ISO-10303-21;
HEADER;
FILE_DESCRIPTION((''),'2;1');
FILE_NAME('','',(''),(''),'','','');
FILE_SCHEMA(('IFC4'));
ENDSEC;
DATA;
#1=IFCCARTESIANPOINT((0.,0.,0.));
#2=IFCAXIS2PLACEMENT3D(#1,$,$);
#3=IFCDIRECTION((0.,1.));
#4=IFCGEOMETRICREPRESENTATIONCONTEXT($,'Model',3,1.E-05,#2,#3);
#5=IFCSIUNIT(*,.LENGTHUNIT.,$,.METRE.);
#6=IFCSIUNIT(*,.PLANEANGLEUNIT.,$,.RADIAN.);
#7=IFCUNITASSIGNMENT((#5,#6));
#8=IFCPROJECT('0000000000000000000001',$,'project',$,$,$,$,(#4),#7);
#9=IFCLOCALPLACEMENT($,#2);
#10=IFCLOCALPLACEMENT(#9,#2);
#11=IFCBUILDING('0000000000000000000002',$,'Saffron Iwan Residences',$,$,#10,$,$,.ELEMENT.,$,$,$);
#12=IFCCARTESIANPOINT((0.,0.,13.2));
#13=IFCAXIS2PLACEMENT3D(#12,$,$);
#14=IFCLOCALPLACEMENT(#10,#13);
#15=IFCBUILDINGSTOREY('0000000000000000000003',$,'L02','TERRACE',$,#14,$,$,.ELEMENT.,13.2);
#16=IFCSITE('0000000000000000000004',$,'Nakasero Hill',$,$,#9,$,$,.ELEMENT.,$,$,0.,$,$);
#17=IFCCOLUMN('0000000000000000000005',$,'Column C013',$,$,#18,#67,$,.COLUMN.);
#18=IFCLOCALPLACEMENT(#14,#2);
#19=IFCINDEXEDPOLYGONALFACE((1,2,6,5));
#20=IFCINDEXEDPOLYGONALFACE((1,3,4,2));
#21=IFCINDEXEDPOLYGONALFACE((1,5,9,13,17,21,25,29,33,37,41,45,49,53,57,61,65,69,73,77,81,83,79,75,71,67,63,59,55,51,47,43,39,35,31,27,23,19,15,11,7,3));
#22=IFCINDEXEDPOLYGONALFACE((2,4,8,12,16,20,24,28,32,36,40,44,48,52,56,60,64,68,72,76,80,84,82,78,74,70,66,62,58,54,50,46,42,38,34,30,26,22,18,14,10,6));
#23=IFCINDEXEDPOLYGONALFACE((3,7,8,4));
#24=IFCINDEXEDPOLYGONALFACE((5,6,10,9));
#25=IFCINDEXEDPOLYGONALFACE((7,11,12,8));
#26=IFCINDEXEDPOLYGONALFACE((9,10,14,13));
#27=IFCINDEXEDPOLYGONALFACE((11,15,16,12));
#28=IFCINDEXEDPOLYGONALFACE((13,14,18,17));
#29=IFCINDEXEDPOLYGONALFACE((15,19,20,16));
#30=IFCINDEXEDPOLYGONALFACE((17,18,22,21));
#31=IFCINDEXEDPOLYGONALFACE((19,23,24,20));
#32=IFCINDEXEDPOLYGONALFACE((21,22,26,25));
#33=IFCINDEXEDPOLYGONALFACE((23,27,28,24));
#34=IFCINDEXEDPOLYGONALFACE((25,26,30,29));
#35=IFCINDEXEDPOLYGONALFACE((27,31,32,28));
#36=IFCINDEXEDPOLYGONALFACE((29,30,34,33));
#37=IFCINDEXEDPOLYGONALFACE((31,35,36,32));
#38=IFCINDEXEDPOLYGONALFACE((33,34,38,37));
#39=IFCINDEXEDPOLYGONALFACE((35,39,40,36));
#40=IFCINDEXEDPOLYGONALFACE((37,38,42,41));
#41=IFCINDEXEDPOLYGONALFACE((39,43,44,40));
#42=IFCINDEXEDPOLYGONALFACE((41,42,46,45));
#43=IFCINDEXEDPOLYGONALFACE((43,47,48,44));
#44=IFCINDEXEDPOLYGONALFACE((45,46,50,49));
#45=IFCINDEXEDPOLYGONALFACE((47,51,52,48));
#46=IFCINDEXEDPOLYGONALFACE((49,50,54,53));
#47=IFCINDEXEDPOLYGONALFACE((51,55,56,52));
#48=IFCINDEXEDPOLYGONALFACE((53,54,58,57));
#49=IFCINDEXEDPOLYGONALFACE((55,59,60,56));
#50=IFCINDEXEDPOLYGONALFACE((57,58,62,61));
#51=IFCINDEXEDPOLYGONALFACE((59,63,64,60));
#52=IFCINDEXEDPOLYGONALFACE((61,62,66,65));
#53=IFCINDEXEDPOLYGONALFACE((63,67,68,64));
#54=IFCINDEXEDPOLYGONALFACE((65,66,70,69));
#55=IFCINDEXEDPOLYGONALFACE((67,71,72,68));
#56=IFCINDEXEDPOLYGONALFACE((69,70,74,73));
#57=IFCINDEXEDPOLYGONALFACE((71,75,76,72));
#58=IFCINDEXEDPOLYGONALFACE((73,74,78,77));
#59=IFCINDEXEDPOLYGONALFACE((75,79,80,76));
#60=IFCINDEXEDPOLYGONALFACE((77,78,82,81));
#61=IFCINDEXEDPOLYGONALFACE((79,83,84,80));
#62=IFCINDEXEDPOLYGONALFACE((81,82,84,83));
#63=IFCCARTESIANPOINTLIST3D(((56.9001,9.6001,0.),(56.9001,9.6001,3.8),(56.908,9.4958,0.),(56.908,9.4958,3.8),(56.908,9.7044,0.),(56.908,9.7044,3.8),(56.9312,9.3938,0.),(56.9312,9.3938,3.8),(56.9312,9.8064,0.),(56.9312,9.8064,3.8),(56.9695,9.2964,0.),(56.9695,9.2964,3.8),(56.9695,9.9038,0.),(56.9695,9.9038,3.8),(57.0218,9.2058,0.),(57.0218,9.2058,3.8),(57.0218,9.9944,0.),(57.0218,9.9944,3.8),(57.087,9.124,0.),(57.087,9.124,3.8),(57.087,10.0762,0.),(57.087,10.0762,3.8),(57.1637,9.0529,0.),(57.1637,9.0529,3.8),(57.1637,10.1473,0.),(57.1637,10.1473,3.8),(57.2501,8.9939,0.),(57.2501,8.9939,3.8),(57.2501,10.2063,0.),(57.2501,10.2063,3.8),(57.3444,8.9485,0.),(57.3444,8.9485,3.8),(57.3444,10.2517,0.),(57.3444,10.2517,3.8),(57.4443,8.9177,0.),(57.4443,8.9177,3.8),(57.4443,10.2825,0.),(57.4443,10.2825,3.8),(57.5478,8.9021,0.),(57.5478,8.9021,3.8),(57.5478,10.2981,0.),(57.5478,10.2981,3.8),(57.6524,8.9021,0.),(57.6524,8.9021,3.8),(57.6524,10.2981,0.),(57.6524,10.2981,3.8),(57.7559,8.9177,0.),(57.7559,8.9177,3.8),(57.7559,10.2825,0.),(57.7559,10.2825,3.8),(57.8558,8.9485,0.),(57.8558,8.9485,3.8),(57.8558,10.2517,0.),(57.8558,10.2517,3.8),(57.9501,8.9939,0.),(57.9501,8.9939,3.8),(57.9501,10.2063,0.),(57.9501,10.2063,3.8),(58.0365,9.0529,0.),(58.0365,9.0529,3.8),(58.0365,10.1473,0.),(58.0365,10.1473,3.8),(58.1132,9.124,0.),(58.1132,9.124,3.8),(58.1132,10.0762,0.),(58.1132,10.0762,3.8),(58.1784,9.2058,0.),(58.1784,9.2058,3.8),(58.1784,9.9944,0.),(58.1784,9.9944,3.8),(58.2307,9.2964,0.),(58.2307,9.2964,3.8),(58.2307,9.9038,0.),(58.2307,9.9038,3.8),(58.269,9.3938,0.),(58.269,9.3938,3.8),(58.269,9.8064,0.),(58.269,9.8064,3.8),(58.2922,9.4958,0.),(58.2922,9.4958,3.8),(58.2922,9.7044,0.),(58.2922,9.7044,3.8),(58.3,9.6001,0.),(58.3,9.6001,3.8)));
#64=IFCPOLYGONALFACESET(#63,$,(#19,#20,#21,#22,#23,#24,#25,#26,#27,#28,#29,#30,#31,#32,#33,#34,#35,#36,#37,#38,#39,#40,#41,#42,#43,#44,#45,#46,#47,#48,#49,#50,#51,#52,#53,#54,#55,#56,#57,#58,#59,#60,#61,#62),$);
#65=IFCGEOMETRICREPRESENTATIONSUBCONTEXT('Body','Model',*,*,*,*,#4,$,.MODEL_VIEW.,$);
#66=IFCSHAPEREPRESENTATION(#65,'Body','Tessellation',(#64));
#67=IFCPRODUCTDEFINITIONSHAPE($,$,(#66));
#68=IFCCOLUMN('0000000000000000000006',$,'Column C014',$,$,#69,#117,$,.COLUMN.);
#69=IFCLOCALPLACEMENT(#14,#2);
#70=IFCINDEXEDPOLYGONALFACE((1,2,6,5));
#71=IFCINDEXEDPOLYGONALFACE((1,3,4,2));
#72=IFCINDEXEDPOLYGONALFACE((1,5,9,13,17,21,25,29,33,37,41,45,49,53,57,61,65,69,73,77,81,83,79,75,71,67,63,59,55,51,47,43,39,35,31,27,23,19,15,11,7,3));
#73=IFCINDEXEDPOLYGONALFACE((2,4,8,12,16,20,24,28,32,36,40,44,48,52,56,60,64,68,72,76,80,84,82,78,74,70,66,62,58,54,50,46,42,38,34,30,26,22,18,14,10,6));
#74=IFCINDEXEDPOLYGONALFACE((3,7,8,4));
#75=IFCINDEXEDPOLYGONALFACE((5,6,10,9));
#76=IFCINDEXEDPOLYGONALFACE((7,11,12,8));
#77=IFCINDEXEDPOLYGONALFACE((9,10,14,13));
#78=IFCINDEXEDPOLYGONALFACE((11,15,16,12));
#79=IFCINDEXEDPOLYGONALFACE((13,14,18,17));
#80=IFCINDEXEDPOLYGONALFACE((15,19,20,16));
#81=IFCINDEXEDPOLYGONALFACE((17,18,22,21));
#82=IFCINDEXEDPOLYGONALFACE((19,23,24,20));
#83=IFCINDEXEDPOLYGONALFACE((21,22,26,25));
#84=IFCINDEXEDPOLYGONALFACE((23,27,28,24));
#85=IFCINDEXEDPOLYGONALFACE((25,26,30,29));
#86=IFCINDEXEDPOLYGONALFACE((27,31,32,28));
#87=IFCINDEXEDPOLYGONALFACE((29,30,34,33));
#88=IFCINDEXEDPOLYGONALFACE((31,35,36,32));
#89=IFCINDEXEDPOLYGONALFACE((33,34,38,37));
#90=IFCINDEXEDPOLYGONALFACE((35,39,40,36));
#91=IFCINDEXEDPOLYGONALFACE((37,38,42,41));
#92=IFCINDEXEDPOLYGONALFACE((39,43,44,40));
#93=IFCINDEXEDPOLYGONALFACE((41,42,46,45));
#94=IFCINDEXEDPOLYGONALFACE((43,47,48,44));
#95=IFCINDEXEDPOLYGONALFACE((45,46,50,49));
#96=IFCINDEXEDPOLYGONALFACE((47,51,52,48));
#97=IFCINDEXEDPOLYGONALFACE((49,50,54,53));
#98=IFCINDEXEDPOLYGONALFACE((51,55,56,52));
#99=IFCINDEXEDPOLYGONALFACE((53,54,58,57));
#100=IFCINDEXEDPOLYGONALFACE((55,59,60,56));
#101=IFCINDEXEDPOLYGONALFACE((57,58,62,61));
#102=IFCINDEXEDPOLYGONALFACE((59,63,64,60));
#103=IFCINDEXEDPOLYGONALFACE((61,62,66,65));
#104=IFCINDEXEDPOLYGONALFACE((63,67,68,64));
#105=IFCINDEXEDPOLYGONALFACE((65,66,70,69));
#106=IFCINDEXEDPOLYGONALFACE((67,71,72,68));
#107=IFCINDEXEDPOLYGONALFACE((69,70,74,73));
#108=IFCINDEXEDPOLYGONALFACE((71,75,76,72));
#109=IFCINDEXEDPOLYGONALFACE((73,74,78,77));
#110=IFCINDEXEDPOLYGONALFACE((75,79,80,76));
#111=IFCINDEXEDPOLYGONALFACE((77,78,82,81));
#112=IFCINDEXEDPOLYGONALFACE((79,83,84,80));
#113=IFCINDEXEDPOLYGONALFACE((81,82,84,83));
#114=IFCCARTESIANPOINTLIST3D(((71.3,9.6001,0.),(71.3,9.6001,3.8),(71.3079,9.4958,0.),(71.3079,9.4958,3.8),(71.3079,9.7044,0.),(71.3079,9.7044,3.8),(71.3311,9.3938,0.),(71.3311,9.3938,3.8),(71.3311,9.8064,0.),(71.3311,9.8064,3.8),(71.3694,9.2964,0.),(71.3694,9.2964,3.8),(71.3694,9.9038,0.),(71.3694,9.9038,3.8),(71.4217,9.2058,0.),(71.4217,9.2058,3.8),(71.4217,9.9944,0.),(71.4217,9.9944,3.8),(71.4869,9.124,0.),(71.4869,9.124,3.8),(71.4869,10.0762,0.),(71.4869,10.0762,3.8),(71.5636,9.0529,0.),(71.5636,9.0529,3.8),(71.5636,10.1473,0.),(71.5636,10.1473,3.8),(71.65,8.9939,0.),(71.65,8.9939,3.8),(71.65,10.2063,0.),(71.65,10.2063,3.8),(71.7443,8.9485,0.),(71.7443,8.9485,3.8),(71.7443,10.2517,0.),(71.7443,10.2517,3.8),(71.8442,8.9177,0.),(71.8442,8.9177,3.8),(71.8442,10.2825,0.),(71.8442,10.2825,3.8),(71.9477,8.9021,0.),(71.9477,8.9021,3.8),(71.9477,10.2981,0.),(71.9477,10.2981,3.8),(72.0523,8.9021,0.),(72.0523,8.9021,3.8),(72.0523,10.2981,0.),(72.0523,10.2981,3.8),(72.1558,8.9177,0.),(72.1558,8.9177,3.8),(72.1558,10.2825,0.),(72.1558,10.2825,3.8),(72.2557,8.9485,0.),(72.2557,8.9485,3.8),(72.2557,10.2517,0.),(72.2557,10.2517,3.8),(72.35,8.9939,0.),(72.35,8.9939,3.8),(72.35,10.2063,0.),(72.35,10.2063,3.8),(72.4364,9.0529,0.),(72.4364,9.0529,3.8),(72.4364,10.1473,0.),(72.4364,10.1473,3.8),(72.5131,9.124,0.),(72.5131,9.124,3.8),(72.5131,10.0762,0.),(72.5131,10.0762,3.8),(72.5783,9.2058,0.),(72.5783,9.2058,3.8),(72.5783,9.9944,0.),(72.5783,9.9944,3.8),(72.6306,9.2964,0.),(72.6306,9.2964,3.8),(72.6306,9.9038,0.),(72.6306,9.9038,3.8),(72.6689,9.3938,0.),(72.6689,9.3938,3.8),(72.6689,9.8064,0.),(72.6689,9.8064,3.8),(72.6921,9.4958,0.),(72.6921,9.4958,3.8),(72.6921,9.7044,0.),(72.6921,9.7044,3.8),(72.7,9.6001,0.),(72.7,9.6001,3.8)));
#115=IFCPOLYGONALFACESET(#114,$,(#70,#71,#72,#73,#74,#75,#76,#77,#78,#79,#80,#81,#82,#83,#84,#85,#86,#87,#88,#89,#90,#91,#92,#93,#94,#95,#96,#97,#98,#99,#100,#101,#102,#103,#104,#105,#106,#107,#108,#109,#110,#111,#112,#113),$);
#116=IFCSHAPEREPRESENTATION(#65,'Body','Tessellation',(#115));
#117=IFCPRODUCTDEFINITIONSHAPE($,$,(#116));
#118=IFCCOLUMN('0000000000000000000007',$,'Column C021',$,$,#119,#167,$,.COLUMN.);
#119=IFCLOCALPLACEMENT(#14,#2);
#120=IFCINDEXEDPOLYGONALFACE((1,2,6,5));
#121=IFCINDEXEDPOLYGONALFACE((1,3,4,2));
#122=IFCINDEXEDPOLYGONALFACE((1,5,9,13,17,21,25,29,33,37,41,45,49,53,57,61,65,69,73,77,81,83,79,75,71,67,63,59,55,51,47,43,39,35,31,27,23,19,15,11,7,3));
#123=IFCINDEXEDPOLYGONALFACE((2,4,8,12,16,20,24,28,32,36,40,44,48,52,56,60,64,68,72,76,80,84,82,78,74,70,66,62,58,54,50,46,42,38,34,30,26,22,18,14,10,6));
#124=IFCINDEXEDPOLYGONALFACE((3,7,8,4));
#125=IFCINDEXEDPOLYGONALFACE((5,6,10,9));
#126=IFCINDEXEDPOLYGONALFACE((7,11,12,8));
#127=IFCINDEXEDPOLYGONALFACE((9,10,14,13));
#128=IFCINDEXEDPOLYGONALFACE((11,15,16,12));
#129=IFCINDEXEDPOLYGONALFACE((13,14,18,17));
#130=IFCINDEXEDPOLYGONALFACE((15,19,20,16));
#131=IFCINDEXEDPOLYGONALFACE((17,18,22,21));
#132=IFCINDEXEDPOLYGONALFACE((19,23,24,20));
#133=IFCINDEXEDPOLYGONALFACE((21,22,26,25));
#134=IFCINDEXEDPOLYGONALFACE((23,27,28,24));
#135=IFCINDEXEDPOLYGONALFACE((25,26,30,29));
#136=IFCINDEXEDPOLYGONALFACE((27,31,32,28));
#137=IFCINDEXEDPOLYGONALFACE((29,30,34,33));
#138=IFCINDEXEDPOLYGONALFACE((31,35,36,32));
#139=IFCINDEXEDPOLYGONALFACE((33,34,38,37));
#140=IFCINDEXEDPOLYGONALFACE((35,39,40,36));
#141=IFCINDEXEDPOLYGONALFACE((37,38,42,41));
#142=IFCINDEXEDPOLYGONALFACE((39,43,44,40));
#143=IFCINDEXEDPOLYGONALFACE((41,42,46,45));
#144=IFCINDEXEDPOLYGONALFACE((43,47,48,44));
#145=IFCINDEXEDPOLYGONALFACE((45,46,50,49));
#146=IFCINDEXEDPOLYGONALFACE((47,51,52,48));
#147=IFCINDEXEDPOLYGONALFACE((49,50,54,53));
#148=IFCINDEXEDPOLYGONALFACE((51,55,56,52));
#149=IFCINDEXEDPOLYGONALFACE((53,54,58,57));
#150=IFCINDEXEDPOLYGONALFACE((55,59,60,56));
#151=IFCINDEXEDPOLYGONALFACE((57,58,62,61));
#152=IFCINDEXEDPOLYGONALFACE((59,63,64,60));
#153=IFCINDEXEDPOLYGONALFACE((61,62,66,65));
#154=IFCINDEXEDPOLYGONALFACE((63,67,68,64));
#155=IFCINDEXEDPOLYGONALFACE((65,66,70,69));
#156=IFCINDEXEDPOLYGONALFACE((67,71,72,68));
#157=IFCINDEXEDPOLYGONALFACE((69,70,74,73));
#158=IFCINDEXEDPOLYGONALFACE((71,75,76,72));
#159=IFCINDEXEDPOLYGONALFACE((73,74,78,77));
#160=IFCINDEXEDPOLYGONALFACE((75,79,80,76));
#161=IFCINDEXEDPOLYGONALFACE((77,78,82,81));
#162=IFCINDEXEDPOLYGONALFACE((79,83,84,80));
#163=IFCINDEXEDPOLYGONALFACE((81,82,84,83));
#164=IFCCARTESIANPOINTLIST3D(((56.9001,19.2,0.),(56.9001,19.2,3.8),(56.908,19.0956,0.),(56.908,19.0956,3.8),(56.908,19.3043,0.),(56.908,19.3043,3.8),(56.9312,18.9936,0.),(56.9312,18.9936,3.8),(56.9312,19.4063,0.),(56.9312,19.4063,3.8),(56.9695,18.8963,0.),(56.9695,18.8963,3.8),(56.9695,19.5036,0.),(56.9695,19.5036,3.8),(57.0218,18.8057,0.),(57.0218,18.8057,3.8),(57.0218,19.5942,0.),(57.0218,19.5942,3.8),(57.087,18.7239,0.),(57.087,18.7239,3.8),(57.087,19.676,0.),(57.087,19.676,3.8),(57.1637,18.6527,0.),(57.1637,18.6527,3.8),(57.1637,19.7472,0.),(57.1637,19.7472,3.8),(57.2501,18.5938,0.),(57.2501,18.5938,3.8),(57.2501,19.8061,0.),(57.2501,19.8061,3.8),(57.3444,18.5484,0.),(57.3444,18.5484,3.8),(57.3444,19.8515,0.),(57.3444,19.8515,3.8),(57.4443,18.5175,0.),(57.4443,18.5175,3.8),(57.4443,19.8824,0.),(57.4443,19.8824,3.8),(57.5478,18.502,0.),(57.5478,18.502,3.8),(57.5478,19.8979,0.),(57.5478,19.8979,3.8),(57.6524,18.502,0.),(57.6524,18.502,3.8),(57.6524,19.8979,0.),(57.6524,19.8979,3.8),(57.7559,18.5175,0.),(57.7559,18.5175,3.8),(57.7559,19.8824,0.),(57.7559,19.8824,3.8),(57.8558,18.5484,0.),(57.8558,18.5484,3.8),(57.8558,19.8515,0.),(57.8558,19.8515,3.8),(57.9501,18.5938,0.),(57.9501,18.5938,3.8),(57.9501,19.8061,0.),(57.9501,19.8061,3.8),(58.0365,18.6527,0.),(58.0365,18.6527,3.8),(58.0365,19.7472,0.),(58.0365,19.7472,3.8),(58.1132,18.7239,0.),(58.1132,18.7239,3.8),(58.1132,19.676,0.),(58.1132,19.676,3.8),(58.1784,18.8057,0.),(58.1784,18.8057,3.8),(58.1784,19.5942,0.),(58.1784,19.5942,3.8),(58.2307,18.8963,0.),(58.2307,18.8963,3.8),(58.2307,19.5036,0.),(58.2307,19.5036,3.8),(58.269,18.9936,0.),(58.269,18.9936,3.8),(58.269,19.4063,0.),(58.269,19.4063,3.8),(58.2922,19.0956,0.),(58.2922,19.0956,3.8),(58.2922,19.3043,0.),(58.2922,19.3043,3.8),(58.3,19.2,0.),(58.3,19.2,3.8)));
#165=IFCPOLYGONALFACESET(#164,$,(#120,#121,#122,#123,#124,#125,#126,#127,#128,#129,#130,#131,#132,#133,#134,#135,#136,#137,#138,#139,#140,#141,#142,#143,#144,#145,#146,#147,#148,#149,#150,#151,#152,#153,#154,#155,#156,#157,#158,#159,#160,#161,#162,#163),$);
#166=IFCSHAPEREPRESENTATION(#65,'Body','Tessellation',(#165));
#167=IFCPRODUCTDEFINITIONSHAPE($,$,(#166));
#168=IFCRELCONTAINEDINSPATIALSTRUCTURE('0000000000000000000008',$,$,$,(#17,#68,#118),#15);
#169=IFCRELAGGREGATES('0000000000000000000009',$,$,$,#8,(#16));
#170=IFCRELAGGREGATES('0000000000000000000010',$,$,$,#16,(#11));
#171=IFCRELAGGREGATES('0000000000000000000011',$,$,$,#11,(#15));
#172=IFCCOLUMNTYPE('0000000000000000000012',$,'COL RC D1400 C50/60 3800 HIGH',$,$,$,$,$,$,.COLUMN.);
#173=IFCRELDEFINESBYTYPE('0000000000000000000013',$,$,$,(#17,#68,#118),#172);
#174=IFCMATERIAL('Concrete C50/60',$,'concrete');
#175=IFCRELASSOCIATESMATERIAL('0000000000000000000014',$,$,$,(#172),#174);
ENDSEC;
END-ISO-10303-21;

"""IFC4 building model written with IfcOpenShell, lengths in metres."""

from ifc_helpers import new_model, si_unit, direction, frame, origin, origin_2d, place, context, subcontext, project, spatial, circle, extrude, source, transform, mapped, material, material_profile, profile_set, type_object, element, save


model = new_model("IFC4")

# Units and contexts
model_context = context("Model", 3, precision=1e-05, world=origin(), true_north=direction((0.0, 1.0)))
body_context = subcontext(model_context, "Body", "Model", "MODEL_VIEW")
ifc_project = project(units=[si_unit("LENGTHUNIT", "METRE"), si_unit("PLANEANGLEUNIT", "RADIAN")], contexts=[model_context])

# Site, building, storey
site_placement = place(None, origin())
site = spatial("IfcSite", under=ifc_project, at=site_placement, Name="Nakasero Hill", CompositionType="ELEMENT", RefElevation=0.0)
building_placement = place(site_placement, origin())
building = spatial("IfcBuilding", under=site, at=building_placement, Name="Saffron Iwan Residences", CompositionType="ELEMENT")
storey_placement = place(building_placement, frame((0.0, 0.0, 13.2)))
storey = spatial("IfcBuildingStorey", under=building, at=storey_placement, Name="L02", Description="TERRACE", CompositionType="ELEMENT", Elevation=13.2)

# Columns
ifc_material_1 = material(Name="Concrete C50/60", Category="concrete")
ifc_material_profile_1 = material_profile(ifc_material_1, circle(Radius=0.7, at=origin_2d()), Name="RC D1400")
ifc_profile_set_1 = profile_set([ifc_material_profile_1], Name="Concrete C50/60")
column_type = type_object("IfcColumnType", Name="COL RC D1400 C50/60 3800 HIGH", PredefinedType="COLUMN", material=ifc_profile_set_1)
shared_shape_1 = source(origin(), body_context, "Body", "SweptSolid", [
    extrude(circle(Radius=0.7, at=origin_2d()), origin(), (0.0, 0.0, 1.0), 3.8),
])
for number, where, z_axis, x_axis, name in (
    (1, (57.6001, 9.6001, 0.0), (0.0, 0.0, 1.0), (1.0, 0.0, 0.0), "Column C013"),
    (2, (72.0, 9.6001, 0.0), (0.0, 0.0, 1.0), (1.0, 0.0, 0.0), "Column C014"),
    (3, (57.6001, 19.2, 0.0), (0.0, 0.0, 1.0), (1.0, 0.0, 0.0), "Column C021"),
):
    element("IfcColumn", number, at=place(storey_placement, frame(where, z_axis=z_axis, x_axis=x_axis)), inside=storey, type_object=column_type, Name=name, PredefinedType="COLUMN", context=body_context, shape_type="MappedRepresentation", body=[
        mapped(shared_shape_1, transform((0.0, 0.0, 0.0))),
    ])

save(model, "model.ifc")
